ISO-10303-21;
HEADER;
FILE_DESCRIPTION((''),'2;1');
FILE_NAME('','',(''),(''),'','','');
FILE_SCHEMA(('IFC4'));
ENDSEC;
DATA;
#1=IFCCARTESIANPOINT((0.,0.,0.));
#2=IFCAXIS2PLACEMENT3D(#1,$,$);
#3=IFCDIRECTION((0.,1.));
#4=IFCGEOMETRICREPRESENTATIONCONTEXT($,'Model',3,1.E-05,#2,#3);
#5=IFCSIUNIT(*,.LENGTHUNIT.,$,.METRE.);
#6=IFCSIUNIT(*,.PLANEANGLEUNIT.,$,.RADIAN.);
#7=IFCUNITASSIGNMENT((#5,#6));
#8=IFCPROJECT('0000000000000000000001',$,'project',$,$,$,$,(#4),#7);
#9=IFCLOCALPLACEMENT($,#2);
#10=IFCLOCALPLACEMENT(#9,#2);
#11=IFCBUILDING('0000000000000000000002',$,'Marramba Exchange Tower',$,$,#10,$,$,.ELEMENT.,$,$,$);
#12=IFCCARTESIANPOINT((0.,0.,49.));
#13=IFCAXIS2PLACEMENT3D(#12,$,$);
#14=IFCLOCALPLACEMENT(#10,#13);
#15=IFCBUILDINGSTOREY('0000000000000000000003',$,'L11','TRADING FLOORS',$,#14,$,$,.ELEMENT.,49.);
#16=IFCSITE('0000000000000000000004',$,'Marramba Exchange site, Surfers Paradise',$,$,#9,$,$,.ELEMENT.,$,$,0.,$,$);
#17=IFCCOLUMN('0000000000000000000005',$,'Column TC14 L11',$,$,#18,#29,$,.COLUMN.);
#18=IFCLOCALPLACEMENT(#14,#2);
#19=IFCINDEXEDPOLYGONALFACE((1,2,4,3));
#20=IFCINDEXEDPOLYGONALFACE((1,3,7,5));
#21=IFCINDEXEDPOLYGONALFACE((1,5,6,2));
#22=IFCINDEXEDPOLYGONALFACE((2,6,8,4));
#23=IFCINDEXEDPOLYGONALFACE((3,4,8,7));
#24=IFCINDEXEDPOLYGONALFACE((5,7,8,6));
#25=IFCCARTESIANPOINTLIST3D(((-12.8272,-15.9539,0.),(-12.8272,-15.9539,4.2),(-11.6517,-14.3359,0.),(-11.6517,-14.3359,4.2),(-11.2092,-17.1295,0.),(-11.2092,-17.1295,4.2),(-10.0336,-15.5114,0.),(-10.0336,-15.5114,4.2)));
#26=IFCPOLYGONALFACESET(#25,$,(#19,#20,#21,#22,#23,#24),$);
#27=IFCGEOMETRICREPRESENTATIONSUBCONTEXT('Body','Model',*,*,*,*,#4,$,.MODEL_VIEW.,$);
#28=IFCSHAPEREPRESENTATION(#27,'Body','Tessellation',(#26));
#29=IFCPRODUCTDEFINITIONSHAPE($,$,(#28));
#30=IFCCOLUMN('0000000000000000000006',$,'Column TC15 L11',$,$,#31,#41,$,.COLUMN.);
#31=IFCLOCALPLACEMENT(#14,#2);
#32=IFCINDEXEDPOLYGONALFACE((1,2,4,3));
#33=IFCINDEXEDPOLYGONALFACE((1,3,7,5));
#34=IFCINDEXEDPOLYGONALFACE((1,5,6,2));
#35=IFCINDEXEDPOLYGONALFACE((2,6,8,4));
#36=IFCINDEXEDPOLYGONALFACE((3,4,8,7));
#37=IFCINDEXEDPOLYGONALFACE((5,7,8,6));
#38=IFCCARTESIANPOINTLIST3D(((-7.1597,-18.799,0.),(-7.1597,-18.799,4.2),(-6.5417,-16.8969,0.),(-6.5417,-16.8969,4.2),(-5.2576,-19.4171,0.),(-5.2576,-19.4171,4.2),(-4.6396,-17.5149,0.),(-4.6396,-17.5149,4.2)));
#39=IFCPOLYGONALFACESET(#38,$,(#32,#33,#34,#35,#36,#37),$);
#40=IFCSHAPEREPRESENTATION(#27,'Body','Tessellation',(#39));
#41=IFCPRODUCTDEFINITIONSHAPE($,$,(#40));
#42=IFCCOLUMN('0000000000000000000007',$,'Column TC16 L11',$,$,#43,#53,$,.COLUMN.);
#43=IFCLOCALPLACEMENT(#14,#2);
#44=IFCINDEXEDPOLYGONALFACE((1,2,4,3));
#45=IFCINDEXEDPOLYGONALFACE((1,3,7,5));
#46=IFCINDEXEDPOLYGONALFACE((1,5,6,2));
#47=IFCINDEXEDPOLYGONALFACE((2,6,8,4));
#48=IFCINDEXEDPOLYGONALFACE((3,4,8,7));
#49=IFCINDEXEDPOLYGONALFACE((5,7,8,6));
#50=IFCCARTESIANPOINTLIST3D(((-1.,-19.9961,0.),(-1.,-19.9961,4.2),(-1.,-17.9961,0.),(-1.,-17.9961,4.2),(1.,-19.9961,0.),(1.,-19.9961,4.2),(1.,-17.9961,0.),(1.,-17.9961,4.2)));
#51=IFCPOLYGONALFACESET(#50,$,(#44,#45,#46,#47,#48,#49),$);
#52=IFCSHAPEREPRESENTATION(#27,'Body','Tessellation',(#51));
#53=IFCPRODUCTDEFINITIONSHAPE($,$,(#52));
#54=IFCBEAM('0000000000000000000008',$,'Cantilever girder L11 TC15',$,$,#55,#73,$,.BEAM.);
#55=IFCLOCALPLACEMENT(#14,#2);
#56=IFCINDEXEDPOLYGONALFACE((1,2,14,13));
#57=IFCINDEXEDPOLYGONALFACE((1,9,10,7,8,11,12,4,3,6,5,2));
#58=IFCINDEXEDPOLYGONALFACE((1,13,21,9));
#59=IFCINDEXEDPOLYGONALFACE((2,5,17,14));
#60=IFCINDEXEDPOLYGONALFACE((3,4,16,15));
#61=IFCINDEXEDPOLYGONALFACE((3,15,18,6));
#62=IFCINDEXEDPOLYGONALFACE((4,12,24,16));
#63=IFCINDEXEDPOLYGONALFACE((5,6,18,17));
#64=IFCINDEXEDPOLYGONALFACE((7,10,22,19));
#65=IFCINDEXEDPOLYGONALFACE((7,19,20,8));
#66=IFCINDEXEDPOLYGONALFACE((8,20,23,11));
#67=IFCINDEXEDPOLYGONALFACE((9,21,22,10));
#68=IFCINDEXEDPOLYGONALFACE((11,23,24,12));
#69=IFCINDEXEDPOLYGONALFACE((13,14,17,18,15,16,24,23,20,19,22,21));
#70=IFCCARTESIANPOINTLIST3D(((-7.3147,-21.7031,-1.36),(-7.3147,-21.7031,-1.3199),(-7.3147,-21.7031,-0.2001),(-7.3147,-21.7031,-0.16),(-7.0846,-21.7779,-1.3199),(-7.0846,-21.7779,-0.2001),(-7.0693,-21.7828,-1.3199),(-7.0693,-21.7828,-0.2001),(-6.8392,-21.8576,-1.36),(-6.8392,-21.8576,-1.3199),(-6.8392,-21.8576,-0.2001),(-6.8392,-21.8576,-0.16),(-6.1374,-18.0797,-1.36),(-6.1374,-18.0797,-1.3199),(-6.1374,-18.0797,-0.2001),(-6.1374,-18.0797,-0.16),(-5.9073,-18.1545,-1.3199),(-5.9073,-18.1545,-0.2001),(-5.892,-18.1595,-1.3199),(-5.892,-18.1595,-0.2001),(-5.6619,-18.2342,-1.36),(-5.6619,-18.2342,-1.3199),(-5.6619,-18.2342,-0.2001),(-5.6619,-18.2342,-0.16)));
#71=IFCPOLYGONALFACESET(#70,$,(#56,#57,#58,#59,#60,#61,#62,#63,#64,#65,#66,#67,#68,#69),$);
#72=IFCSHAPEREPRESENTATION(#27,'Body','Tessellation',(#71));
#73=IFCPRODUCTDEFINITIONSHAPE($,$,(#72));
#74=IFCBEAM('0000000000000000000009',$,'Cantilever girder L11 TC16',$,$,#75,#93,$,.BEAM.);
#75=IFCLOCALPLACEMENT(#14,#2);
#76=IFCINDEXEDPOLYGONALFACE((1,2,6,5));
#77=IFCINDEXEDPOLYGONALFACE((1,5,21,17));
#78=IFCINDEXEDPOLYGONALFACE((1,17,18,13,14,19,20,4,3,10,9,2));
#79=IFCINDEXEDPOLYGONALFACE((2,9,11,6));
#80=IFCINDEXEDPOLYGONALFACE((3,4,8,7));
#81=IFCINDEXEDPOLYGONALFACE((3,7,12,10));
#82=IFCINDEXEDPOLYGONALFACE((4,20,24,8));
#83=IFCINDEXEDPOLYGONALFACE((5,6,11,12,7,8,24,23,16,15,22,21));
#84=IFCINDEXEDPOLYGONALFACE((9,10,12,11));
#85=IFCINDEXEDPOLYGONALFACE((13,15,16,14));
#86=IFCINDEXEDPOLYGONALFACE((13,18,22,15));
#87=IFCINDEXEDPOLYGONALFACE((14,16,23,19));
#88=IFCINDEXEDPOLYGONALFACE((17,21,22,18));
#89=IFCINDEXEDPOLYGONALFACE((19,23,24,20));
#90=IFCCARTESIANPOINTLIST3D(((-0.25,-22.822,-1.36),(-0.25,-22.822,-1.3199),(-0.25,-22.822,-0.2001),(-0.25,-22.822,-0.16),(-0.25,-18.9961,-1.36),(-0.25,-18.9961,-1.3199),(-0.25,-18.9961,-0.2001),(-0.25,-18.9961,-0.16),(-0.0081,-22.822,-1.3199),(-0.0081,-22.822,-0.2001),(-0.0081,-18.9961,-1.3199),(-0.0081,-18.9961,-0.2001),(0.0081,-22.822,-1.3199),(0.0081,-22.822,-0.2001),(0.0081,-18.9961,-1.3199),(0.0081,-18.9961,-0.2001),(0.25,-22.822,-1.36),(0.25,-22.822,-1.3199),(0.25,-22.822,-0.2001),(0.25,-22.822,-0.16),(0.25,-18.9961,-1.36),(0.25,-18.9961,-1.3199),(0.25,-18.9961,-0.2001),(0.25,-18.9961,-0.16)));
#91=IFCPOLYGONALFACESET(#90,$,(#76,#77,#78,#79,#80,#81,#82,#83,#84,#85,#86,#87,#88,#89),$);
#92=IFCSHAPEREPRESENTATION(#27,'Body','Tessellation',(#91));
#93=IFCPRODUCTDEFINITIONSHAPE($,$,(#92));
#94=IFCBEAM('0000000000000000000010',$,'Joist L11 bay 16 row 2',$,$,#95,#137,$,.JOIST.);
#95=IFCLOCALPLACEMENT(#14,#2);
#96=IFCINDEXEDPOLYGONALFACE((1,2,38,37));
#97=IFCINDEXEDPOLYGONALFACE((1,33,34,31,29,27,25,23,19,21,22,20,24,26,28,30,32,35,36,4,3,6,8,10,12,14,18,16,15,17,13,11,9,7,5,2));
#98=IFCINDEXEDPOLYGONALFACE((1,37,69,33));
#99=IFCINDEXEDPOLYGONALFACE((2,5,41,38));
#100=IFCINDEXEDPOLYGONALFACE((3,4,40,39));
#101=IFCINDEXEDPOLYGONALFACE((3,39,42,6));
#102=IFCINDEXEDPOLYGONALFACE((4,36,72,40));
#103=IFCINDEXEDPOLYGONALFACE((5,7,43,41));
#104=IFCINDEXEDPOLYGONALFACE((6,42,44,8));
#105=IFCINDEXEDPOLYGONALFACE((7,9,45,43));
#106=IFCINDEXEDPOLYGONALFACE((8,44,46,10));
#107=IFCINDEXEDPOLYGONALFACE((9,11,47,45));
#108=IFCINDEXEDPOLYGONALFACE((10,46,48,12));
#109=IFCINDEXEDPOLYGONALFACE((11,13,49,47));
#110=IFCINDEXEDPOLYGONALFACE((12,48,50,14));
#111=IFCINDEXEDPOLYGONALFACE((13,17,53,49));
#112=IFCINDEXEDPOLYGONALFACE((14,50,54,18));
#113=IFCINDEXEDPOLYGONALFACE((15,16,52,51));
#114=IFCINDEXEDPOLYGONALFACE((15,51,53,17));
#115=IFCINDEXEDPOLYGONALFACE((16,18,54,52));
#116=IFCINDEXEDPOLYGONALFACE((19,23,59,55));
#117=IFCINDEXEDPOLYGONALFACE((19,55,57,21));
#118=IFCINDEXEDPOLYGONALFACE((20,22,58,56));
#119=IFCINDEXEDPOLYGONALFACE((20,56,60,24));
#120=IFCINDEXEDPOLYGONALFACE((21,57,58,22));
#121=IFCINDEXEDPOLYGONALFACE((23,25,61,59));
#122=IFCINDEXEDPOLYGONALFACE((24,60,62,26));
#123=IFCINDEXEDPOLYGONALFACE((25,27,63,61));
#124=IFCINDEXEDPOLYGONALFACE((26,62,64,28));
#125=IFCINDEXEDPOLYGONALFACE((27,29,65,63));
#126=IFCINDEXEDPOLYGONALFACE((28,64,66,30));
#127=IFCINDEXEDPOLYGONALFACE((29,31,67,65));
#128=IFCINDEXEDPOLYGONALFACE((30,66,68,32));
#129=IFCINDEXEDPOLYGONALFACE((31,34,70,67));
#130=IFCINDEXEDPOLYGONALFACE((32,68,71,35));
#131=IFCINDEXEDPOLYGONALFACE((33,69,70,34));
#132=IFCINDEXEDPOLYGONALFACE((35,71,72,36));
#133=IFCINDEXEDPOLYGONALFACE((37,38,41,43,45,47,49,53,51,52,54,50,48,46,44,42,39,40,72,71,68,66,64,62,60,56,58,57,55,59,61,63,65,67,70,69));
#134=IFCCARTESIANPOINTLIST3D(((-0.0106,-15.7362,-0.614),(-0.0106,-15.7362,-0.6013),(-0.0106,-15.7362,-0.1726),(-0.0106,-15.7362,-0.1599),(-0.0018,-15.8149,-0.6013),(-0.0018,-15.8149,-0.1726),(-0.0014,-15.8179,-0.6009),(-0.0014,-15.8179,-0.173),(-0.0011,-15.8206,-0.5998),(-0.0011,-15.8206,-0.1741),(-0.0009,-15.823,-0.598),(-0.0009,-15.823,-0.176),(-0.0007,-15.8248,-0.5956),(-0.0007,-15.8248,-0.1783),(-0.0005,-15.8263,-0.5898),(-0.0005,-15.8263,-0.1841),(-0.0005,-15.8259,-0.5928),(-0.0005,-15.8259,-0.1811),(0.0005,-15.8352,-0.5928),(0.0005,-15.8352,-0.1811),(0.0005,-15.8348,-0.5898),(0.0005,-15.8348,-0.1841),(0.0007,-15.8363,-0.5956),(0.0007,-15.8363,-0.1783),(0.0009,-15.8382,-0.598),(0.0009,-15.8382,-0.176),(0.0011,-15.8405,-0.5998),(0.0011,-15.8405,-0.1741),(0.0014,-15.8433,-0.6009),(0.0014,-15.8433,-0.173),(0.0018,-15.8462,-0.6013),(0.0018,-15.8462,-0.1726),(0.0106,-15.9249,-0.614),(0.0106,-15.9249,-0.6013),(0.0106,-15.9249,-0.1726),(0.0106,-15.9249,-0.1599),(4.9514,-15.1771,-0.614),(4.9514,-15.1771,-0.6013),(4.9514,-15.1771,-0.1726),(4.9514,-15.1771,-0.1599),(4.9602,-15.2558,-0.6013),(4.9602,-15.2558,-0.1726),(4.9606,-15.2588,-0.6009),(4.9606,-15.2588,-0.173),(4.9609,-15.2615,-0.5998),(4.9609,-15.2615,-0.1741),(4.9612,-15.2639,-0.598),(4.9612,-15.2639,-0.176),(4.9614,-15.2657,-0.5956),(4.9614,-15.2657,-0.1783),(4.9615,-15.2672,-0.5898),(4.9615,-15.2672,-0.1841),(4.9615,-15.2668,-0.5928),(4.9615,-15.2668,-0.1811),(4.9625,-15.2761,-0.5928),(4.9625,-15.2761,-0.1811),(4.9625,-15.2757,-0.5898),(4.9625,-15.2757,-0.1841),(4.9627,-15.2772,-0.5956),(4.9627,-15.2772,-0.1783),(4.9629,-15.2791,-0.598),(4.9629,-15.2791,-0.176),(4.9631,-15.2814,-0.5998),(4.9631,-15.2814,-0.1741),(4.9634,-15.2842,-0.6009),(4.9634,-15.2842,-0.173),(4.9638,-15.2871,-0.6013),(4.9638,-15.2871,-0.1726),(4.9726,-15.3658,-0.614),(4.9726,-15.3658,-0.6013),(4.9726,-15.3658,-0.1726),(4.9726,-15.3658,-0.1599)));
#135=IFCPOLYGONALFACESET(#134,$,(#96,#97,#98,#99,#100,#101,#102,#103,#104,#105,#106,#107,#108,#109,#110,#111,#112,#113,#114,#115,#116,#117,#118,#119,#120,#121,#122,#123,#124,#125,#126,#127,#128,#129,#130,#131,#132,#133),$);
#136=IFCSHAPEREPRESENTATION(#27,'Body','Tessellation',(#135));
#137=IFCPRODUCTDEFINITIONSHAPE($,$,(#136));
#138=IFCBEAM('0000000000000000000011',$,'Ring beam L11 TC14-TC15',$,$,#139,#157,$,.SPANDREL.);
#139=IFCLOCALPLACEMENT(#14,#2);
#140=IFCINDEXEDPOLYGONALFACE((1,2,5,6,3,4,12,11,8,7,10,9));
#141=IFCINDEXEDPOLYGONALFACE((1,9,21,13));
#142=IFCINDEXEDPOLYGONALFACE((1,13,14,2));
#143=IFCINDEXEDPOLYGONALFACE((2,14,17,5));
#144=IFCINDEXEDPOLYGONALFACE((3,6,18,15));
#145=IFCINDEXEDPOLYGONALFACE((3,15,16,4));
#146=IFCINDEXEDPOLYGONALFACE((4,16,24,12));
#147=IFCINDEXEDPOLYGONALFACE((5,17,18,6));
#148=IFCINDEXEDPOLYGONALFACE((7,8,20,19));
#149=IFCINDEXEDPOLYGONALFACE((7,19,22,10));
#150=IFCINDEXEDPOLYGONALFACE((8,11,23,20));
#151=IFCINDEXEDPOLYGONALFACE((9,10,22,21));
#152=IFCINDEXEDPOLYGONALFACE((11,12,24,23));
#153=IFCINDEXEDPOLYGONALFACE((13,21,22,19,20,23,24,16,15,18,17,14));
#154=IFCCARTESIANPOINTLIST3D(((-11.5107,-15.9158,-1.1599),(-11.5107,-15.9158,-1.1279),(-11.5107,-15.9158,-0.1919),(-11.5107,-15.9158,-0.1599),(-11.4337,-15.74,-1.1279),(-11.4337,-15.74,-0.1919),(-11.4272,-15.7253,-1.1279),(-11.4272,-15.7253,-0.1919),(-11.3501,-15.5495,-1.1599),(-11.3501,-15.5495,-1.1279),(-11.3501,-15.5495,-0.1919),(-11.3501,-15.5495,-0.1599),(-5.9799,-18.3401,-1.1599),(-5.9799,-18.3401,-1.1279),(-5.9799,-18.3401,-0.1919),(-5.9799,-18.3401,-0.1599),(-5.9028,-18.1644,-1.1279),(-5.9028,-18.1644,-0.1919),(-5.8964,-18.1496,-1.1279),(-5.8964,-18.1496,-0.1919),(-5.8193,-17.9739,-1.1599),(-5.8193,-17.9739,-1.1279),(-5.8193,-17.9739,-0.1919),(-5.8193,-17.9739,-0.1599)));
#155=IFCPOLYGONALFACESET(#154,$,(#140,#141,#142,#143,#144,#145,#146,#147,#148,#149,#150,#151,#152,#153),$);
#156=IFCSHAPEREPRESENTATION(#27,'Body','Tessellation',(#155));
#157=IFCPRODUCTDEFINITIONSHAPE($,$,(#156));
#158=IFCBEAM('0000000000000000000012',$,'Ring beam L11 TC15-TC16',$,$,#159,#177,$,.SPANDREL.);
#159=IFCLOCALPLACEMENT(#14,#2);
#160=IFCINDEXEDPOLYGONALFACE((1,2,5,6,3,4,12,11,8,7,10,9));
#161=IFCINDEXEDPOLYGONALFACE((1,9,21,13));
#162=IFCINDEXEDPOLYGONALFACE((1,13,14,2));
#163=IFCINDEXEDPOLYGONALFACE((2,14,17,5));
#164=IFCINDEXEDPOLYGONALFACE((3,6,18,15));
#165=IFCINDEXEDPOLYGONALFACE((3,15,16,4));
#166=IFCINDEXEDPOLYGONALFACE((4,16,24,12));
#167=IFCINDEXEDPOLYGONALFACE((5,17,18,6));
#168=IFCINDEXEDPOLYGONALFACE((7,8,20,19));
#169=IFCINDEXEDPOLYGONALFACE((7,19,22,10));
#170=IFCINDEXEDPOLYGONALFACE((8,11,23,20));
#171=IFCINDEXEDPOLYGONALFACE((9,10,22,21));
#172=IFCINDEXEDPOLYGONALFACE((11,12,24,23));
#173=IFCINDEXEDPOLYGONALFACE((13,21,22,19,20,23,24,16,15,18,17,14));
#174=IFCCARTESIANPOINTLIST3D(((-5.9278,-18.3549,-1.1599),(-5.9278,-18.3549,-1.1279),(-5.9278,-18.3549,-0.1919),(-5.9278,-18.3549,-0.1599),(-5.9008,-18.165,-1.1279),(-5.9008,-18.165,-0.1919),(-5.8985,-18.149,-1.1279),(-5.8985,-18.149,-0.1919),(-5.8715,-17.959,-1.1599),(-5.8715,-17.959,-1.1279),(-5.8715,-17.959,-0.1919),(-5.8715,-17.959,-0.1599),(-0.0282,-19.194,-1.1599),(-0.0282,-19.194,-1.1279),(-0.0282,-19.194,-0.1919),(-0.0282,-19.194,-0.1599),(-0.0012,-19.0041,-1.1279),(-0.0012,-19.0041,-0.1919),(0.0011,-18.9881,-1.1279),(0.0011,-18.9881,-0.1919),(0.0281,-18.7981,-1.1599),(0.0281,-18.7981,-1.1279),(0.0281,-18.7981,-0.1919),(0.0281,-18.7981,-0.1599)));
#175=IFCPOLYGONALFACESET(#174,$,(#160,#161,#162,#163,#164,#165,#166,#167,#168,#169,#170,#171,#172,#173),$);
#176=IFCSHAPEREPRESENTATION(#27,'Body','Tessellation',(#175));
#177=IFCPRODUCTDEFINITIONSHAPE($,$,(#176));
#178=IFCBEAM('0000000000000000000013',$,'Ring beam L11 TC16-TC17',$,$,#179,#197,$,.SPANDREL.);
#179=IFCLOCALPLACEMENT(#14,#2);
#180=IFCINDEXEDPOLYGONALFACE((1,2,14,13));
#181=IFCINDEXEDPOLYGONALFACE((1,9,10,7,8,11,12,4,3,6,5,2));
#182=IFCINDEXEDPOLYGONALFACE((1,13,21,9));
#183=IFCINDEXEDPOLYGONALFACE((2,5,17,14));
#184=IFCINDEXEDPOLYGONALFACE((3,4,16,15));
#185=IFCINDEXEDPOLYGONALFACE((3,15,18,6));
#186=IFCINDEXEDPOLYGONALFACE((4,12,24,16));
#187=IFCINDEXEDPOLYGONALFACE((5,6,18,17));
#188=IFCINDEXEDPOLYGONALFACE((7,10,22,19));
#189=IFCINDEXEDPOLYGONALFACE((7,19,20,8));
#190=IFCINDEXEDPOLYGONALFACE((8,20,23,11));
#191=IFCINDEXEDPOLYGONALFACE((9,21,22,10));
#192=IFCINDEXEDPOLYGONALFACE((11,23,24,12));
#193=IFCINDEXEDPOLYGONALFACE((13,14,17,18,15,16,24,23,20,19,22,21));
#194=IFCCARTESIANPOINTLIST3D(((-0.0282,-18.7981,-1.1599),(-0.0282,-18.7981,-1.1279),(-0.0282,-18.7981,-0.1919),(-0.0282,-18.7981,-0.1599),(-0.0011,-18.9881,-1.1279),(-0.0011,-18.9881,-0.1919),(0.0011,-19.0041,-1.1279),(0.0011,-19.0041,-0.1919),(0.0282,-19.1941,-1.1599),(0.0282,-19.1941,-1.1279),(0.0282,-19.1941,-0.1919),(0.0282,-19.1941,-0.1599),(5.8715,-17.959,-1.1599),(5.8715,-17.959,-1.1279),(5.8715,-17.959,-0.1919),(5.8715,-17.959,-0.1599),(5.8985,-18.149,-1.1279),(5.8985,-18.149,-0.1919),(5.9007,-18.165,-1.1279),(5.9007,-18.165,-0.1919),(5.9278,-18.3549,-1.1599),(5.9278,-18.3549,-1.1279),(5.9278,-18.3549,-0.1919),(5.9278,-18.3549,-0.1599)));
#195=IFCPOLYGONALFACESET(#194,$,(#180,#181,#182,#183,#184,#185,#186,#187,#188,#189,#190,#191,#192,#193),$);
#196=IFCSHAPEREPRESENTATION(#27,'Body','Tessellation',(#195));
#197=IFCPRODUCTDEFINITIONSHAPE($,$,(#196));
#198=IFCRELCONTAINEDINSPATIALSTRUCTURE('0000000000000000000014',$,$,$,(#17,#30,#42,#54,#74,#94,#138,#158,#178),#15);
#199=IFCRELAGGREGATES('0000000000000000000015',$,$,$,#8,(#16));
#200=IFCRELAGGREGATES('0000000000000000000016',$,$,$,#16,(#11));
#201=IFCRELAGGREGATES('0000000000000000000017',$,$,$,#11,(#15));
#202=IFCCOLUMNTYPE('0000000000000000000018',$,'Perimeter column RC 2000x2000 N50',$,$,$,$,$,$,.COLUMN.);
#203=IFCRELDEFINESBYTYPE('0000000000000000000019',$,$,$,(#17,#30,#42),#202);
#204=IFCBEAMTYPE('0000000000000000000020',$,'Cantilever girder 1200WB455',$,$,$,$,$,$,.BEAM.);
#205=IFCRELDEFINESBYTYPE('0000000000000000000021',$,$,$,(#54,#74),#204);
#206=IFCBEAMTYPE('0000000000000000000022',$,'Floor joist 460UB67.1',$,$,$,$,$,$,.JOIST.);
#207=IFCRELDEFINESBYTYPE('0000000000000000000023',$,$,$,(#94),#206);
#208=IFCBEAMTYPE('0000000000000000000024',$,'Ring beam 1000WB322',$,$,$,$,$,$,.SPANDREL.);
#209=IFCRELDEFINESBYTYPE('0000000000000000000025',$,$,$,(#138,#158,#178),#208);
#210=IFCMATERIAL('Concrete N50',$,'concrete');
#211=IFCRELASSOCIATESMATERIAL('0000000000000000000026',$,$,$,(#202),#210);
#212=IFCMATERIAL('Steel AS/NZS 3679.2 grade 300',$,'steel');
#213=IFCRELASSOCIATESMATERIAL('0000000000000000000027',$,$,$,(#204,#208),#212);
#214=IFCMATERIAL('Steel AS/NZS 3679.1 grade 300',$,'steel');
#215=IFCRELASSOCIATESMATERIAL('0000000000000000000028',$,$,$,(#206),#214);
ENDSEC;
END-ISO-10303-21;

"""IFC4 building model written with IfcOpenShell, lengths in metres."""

from ifc_helpers import new_model, si_unit, direction, frame, origin, origin_2d, place, context, subcontext, project, spatial, rectangle, i_section, extrude, material, material_profile, profile_set, type_object, element, save


model = new_model("IFC4")

# Units and contexts
model_context = context("Model", 3, precision=1e-05, world=origin(), true_north=direction((0.0, 1.0)))
body_context = subcontext(model_context, "Body", "Model", "MODEL_VIEW")
ifc_project = project(units=[si_unit("LENGTHUNIT", "METRE"), si_unit("PLANEANGLEUNIT", "RADIAN")], contexts=[model_context])

# Site, building, storey
site_placement = place(None, origin())
site = spatial("IfcSite", under=ifc_project, at=site_placement, Name="Marramba Exchange site, Surfers Paradise", CompositionType="ELEMENT", RefElevation=0.0)
building_placement = place(site_placement, origin())
building = spatial("IfcBuilding", under=site, at=building_placement, Name="Marramba Exchange Tower", CompositionType="ELEMENT")
storey_placement = place(building_placement, frame((0.0, 0.0, 49.0)))
storey = spatial("IfcBuildingStorey", under=building, at=storey_placement, Name="L11", Description="TRADING FLOORS", CompositionType="ELEMENT", Elevation=49.0)

# Columns
ifc_material_1 = material(Name="Concrete N50", Category="concrete")
ifc_material_profile_1 = material_profile(ifc_material_1, rectangle(XDim=2.0, YDim=2.0, at=origin_2d()), Name="RC 2000x2000")
ifc_profile_set_1 = profile_set([ifc_material_profile_1], Name="Concrete N50")
column_type = type_object("IfcColumnType", Name="Perimeter column RC 2000x2000 N50", PredefinedType="COLUMN", material=ifc_profile_set_1)
for number, where, z_axis, x_axis, name in (
    (1, (-11.4304, -15.7327, 0.0), (0.0, 0.0, 1.0), (-0.587785, -0.809017, 0.0), "Column TC14 L11"),
    (2, (-5.8997, -18.157, 0.0), (0.0, 0.0, 1.0), (-0.309017, -0.951057, 0.0), "Column TC15 L11"),
    (3, (0.0, -18.9961, 0.0), (0.0, 0.0, 1.0), (0.0, -1.0, 0.0), "Column TC16 L11"),
):
    element("IfcColumn", number, at=place(storey_placement, frame(where, z_axis=z_axis, x_axis=x_axis)), inside=storey, type_object=column_type, Name=name, PredefinedType="COLUMN", context=body_context, shape_type="SweptSolid", body=[
        extrude(rectangle(XDim=2.0, YDim=2.0, at=origin_2d()), origin(), (0.0, 0.0, 1.0), 4.2),
    ])

# Beams
ifc_material_2 = material(Name="Steel AS/NZS 3679.2 grade 300", Category="steel")
ifc_material_profile_2 = material_profile(ifc_material_2, i_section(OverallWidth=0.5, OverallDepth=1.2, WebThickness=0.0161, FlangeThickness=0.04, at=origin_2d()), Name="1200WB455")
ifc_profile_set_2 = profile_set([ifc_material_profile_2], Name="Steel AS/NZS 3679.2 grade 300")
beam_type_1 = type_object("IfcBeamType", Name="Cantilever girder 1200WB455", PredefinedType="BEAM", material=ifc_profile_set_2)
beam_1_placement = place(storey_placement, frame((-5.8997, -18.157, -0.76), z_axis=(-0.309009, -0.951059, 0.0), x_axis=(0.951059, -0.309009, 0.0)))
element("IfcBeam", 4, at=beam_1_placement, inside=storey, type_object=beam_type_1, Name="Cantilever girder L11 TC15", PredefinedType="BEAM", context=body_context, shape_type="SweptSolid", body=[
    extrude(i_section(OverallWidth=0.5, OverallDepth=1.2, WebThickness=0.0161, FlangeThickness=0.04, at=origin_2d()), origin(), (0.0, 0.0, 1.0), 3.8098),
])
beam_2_placement = place(storey_placement, frame((0.0, -18.9961, -0.76), z_axis=(0.0, -1.0, 0.0), x_axis=(1.0, 0.0, 0.0)))
element("IfcBeam", 5, at=beam_2_placement, inside=storey, type_object=beam_type_1, Name="Cantilever girder L11 TC16", PredefinedType="BEAM", context=body_context, shape_type="SweptSolid", body=[
    extrude(i_section(OverallWidth=0.5, OverallDepth=1.2, WebThickness=0.0161, FlangeThickness=0.04, at=origin_2d()), origin(), (0.0, 0.0, 1.0), 3.8259),
])
ifc_material_3 = material(Name="Steel AS/NZS 3679.1 grade 300", Category="steel")
ifc_material_profile_3 = material_profile(ifc_material_3, i_section(OverallWidth=0.1899, OverallDepth=0.4541, WebThickness=0.0085, FlangeThickness=0.0127, FilletRadius=0.0115, at=origin_2d()), Name="460UB67.1")
ifc_profile_set_3 = profile_set([ifc_material_profile_3], Name="Steel AS/NZS 3679.1 grade 300")
beam_type_2 = type_object("IfcBeamType", Name="Floor joist 460UB67.1", PredefinedType="JOIST", material=ifc_profile_set_3)
beam_3_placement = place(storey_placement, frame((0.0, -15.8306, -0.387), z_axis=(0.993712, 0.111966, 0.0), x_axis=(-0.111966, 0.993712, 0.0)))
element("IfcBeam", 6, at=beam_3_placement, inside=storey, type_object=beam_type_2, Name="Joist L11 bay 16 row 2", PredefinedType="JOIST", context=body_context, shape_type="SweptSolid", body=[
    extrude(i_section(OverallWidth=0.1899, OverallDepth=0.4541, WebThickness=0.0085, FlangeThickness=0.0127, FilletRadius=0.0115, at=origin_2d()), origin(), (0.0, 0.0, 1.0), 4.9934),
])
ifc_material_profile_4 = material_profile(ifc_material_2, i_section(OverallWidth=0.3999, OverallDepth=1.0, WebThickness=0.0161, FlangeThickness=0.032, at=origin_2d()), Name="1000WB322")
ifc_profile_set_4 = profile_set([ifc_material_profile_4], Name="Steel AS/NZS 3679.2 grade 300")
beam_type_3 = type_object("IfcBeamType", Name="Ring beam 1000WB322", PredefinedType="SPANDREL", material=ifc_profile_set_4)
beam_4_placement = place(storey_placement, frame((-11.4304, -15.7327, -0.6599), z_axis=(0.915877, -0.401459, 0.0), x_axis=(0.401459, 0.915877, 0.0)))
element("IfcBeam", 7, at=beam_4_placement, inside=storey, type_object=beam_type_3, Name="Ring beam L11 TC14-TC15", PredefinedType="SPANDREL", context=body_context, shape_type="SweptSolid", body=[
    extrude(i_section(OverallWidth=0.3999, OverallDepth=1.0, WebThickness=0.0161, FlangeThickness=0.032, at=origin_2d()), origin(), (0.0, 0.0, 1.0), 6.0388),
])
for number, where, z_axis, x_axis, name in (
    (8, (-5.8997, -18.157, -0.6599), (0.990036, -0.140813, 0.0), (0.140813, 0.990036, 0.0), "Ring beam L11 TC15-TC16"),
    (9, (0.0, -18.9961, -0.6599), (0.990036, 0.140813, 0.0), (-0.140813, 0.990036, 0.0), "Ring beam L11 TC16-TC17"),
):
    element("IfcBeam", number, at=place(storey_placement, frame(where, z_axis=z_axis, x_axis=x_axis)), inside=storey, type_object=beam_type_3, Name=name, PredefinedType="SPANDREL", context=body_context, shape_type="SweptSolid", body=[
        extrude(i_section(OverallWidth=0.3999, OverallDepth=1.0, WebThickness=0.0161, FlangeThickness=0.032, at=origin_2d()), origin(), (0.0, 0.0, 1.0), 5.959),
    ])

save(model, "model.ifc")
